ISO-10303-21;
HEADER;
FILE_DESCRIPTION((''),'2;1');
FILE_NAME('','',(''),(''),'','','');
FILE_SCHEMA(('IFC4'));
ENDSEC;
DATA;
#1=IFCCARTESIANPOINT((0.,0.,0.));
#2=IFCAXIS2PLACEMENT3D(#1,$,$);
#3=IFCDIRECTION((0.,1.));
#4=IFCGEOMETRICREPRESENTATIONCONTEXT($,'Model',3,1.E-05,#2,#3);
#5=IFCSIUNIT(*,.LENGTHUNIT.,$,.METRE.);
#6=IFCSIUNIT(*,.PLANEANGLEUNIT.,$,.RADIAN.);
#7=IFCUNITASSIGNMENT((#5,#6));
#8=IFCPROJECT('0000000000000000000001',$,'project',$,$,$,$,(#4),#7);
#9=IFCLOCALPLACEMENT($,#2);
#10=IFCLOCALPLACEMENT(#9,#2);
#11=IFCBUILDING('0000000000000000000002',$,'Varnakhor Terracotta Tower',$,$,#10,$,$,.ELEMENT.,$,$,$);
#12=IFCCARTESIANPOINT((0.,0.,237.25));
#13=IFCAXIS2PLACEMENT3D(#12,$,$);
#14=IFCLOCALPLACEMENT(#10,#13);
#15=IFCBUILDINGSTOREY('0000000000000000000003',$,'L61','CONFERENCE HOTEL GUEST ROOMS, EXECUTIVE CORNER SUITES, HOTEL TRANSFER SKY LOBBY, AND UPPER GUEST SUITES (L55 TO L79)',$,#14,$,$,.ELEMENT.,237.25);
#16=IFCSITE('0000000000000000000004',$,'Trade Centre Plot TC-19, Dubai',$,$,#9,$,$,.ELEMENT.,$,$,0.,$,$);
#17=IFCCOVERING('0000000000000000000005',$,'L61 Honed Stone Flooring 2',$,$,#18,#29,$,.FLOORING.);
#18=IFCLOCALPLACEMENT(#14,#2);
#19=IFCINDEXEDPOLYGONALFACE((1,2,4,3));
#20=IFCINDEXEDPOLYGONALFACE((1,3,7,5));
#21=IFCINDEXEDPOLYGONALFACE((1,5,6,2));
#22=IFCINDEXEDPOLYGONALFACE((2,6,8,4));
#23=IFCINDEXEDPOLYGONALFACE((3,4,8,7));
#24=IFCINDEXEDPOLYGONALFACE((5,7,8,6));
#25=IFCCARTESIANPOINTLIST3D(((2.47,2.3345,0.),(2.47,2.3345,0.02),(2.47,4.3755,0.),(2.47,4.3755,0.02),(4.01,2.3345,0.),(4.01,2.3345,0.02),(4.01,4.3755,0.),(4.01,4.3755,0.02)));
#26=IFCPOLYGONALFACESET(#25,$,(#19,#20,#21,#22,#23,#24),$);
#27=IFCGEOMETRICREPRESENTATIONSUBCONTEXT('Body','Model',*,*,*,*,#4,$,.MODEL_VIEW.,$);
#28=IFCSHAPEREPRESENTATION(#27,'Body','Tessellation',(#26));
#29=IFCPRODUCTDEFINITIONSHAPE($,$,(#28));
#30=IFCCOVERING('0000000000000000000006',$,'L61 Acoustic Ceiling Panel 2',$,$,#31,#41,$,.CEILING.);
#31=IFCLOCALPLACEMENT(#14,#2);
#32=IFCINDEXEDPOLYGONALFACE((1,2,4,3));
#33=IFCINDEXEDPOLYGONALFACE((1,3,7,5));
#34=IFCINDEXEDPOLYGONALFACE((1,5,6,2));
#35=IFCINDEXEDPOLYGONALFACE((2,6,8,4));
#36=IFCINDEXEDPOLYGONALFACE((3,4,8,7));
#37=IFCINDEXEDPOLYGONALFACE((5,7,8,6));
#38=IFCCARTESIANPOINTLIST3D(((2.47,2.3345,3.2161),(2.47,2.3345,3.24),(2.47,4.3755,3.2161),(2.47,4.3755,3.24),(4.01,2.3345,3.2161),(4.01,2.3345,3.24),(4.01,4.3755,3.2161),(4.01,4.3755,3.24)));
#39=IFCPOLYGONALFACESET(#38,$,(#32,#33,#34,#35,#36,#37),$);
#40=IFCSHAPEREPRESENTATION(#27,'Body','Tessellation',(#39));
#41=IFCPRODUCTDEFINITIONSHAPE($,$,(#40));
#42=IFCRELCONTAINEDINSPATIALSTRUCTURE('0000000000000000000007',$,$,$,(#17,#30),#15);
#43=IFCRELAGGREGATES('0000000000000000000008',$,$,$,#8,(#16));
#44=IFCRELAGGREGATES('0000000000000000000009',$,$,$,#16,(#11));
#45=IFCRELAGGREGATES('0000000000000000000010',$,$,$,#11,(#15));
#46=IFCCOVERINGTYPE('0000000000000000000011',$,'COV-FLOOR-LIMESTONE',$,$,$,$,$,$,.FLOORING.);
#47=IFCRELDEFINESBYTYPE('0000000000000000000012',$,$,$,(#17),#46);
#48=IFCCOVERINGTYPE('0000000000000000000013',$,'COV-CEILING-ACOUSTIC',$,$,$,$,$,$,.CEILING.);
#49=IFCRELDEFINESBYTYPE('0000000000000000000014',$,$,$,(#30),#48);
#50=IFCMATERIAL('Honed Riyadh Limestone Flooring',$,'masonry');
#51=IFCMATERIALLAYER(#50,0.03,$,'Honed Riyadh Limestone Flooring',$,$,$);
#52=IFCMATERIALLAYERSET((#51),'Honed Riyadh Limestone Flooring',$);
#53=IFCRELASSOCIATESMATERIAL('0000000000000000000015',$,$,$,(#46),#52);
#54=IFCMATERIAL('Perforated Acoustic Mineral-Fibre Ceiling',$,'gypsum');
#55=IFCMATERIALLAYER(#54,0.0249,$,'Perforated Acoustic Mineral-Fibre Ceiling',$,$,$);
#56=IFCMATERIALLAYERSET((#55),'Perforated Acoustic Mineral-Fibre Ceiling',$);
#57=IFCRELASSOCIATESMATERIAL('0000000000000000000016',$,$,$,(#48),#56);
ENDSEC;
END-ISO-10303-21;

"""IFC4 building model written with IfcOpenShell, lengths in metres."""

from ifc_helpers import new_model, si_unit, direction, frame, origin, origin_2d, place, context, subcontext, project, spatial, rectangle, extrude, source, transform, mapped, material, layer, layer_set, type_object, element, save


model = new_model("IFC4")

# Units and contexts
model_context = context("Model", 3, precision=1e-05, world=origin(), true_north=direction((0.0, 1.0)))
body_context = subcontext(model_context, "Body", "Model", "MODEL_VIEW")
ifc_project = project(units=[si_unit("LENGTHUNIT", "METRE"), si_unit("PLANEANGLEUNIT", "RADIAN")], contexts=[model_context])

# Site, building, storey
site_placement = place(None, origin())
site = spatial("IfcSite", under=ifc_project, at=site_placement, Name="Trade Centre Plot TC-19, Dubai", CompositionType="ELEMENT", RefElevation=0.0)
building_placement = place(site_placement, origin())
building = spatial("IfcBuilding", under=site, at=building_placement, Name="Varnakhor Terracotta Tower", CompositionType="ELEMENT")
storey_placement = place(building_placement, frame((0.0, 0.0, 237.25)))
storey = spatial("IfcBuildingStorey", under=building, at=storey_placement, Name="L61", Description="CONFERENCE HOTEL GUEST ROOMS, EXECUTIVE CORNER SUITES, HOTEL TRANSFER SKY LOBBY, AND UPPER GUEST SUITES (L55 TO L79)", CompositionType="ELEMENT", Elevation=237.25)

# Coverings
ifc_material_1 = material(Name="Honed Riyadh Limestone Flooring", Category="masonry")
ifc_layer_1 = layer(ifc_material_1, 0.03, Name="Honed Riyadh Limestone Flooring")
ifc_layer_set_1 = layer_set([ifc_layer_1], Name="Honed Riyadh Limestone Flooring")
covering_type_1 = type_object("IfcCoveringType", Name="COV-FLOOR-LIMESTONE", PredefinedType="FLOORING", material=ifc_layer_set_1)
ifc_material_2 = material(Name="Perforated Acoustic Mineral-Fibre Ceiling", Category="gypsum")
ifc_layer_2 = layer(ifc_material_2, 0.0249, Name="Perforated Acoustic Mineral-Fibre Ceiling")
ifc_layer_set_2 = layer_set([ifc_layer_2], Name="Perforated Acoustic Mineral-Fibre Ceiling")
covering_type_2 = type_object("IfcCoveringType", Name="COV-CEILING-ACOUSTIC", PredefinedType="CEILING", material=ifc_layer_set_2)
shared_shape_1 = source(origin(), body_context, "Body", "SweptSolid", [
    extrude(rectangle(XDim=1.54, YDim=2.041, at=origin_2d()), origin(), (0.0, 0.0, 1.0), 0.02),
])
covering_1_placement = place(storey_placement, frame((3.24, 3.355, 0.0), z_axis=(0.0, 0.0, 1.0), x_axis=(1.0, 0.0, 0.0)))
element("IfcCovering", 1, at=covering_1_placement, inside=storey, type_object=covering_type_1, Name="L61 Honed Stone Flooring 2", PredefinedType="FLOORING", context=body_context, shape_type="MappedRepresentation", body=[
    mapped(shared_shape_1, transform((0.0, 0.0, 0.0), scale=1.0)),
])
shared_shape_2 = source(origin(), body_context, "Body", "SweptSolid", [
    extrude(rectangle(XDim=1.54, YDim=2.041, at=origin_2d()), origin(), (0.0, 0.0, 1.0), 0.0239),
])
covering_2_placement = place(storey_placement, frame((3.24, 3.355, 3.2161), z_axis=(0.0, 0.0, 1.0), x_axis=(1.0, 0.0, 0.0)))
element("IfcCovering", 2, at=covering_2_placement, inside=storey, type_object=covering_type_2, Name="L61 Acoustic Ceiling Panel 2", PredefinedType="CEILING", context=body_context, shape_type="MappedRepresentation", body=[
    mapped(shared_shape_2, transform((0.0, 0.0, 0.0), scale=1.0)),
])

save(model, "model.ifc")
